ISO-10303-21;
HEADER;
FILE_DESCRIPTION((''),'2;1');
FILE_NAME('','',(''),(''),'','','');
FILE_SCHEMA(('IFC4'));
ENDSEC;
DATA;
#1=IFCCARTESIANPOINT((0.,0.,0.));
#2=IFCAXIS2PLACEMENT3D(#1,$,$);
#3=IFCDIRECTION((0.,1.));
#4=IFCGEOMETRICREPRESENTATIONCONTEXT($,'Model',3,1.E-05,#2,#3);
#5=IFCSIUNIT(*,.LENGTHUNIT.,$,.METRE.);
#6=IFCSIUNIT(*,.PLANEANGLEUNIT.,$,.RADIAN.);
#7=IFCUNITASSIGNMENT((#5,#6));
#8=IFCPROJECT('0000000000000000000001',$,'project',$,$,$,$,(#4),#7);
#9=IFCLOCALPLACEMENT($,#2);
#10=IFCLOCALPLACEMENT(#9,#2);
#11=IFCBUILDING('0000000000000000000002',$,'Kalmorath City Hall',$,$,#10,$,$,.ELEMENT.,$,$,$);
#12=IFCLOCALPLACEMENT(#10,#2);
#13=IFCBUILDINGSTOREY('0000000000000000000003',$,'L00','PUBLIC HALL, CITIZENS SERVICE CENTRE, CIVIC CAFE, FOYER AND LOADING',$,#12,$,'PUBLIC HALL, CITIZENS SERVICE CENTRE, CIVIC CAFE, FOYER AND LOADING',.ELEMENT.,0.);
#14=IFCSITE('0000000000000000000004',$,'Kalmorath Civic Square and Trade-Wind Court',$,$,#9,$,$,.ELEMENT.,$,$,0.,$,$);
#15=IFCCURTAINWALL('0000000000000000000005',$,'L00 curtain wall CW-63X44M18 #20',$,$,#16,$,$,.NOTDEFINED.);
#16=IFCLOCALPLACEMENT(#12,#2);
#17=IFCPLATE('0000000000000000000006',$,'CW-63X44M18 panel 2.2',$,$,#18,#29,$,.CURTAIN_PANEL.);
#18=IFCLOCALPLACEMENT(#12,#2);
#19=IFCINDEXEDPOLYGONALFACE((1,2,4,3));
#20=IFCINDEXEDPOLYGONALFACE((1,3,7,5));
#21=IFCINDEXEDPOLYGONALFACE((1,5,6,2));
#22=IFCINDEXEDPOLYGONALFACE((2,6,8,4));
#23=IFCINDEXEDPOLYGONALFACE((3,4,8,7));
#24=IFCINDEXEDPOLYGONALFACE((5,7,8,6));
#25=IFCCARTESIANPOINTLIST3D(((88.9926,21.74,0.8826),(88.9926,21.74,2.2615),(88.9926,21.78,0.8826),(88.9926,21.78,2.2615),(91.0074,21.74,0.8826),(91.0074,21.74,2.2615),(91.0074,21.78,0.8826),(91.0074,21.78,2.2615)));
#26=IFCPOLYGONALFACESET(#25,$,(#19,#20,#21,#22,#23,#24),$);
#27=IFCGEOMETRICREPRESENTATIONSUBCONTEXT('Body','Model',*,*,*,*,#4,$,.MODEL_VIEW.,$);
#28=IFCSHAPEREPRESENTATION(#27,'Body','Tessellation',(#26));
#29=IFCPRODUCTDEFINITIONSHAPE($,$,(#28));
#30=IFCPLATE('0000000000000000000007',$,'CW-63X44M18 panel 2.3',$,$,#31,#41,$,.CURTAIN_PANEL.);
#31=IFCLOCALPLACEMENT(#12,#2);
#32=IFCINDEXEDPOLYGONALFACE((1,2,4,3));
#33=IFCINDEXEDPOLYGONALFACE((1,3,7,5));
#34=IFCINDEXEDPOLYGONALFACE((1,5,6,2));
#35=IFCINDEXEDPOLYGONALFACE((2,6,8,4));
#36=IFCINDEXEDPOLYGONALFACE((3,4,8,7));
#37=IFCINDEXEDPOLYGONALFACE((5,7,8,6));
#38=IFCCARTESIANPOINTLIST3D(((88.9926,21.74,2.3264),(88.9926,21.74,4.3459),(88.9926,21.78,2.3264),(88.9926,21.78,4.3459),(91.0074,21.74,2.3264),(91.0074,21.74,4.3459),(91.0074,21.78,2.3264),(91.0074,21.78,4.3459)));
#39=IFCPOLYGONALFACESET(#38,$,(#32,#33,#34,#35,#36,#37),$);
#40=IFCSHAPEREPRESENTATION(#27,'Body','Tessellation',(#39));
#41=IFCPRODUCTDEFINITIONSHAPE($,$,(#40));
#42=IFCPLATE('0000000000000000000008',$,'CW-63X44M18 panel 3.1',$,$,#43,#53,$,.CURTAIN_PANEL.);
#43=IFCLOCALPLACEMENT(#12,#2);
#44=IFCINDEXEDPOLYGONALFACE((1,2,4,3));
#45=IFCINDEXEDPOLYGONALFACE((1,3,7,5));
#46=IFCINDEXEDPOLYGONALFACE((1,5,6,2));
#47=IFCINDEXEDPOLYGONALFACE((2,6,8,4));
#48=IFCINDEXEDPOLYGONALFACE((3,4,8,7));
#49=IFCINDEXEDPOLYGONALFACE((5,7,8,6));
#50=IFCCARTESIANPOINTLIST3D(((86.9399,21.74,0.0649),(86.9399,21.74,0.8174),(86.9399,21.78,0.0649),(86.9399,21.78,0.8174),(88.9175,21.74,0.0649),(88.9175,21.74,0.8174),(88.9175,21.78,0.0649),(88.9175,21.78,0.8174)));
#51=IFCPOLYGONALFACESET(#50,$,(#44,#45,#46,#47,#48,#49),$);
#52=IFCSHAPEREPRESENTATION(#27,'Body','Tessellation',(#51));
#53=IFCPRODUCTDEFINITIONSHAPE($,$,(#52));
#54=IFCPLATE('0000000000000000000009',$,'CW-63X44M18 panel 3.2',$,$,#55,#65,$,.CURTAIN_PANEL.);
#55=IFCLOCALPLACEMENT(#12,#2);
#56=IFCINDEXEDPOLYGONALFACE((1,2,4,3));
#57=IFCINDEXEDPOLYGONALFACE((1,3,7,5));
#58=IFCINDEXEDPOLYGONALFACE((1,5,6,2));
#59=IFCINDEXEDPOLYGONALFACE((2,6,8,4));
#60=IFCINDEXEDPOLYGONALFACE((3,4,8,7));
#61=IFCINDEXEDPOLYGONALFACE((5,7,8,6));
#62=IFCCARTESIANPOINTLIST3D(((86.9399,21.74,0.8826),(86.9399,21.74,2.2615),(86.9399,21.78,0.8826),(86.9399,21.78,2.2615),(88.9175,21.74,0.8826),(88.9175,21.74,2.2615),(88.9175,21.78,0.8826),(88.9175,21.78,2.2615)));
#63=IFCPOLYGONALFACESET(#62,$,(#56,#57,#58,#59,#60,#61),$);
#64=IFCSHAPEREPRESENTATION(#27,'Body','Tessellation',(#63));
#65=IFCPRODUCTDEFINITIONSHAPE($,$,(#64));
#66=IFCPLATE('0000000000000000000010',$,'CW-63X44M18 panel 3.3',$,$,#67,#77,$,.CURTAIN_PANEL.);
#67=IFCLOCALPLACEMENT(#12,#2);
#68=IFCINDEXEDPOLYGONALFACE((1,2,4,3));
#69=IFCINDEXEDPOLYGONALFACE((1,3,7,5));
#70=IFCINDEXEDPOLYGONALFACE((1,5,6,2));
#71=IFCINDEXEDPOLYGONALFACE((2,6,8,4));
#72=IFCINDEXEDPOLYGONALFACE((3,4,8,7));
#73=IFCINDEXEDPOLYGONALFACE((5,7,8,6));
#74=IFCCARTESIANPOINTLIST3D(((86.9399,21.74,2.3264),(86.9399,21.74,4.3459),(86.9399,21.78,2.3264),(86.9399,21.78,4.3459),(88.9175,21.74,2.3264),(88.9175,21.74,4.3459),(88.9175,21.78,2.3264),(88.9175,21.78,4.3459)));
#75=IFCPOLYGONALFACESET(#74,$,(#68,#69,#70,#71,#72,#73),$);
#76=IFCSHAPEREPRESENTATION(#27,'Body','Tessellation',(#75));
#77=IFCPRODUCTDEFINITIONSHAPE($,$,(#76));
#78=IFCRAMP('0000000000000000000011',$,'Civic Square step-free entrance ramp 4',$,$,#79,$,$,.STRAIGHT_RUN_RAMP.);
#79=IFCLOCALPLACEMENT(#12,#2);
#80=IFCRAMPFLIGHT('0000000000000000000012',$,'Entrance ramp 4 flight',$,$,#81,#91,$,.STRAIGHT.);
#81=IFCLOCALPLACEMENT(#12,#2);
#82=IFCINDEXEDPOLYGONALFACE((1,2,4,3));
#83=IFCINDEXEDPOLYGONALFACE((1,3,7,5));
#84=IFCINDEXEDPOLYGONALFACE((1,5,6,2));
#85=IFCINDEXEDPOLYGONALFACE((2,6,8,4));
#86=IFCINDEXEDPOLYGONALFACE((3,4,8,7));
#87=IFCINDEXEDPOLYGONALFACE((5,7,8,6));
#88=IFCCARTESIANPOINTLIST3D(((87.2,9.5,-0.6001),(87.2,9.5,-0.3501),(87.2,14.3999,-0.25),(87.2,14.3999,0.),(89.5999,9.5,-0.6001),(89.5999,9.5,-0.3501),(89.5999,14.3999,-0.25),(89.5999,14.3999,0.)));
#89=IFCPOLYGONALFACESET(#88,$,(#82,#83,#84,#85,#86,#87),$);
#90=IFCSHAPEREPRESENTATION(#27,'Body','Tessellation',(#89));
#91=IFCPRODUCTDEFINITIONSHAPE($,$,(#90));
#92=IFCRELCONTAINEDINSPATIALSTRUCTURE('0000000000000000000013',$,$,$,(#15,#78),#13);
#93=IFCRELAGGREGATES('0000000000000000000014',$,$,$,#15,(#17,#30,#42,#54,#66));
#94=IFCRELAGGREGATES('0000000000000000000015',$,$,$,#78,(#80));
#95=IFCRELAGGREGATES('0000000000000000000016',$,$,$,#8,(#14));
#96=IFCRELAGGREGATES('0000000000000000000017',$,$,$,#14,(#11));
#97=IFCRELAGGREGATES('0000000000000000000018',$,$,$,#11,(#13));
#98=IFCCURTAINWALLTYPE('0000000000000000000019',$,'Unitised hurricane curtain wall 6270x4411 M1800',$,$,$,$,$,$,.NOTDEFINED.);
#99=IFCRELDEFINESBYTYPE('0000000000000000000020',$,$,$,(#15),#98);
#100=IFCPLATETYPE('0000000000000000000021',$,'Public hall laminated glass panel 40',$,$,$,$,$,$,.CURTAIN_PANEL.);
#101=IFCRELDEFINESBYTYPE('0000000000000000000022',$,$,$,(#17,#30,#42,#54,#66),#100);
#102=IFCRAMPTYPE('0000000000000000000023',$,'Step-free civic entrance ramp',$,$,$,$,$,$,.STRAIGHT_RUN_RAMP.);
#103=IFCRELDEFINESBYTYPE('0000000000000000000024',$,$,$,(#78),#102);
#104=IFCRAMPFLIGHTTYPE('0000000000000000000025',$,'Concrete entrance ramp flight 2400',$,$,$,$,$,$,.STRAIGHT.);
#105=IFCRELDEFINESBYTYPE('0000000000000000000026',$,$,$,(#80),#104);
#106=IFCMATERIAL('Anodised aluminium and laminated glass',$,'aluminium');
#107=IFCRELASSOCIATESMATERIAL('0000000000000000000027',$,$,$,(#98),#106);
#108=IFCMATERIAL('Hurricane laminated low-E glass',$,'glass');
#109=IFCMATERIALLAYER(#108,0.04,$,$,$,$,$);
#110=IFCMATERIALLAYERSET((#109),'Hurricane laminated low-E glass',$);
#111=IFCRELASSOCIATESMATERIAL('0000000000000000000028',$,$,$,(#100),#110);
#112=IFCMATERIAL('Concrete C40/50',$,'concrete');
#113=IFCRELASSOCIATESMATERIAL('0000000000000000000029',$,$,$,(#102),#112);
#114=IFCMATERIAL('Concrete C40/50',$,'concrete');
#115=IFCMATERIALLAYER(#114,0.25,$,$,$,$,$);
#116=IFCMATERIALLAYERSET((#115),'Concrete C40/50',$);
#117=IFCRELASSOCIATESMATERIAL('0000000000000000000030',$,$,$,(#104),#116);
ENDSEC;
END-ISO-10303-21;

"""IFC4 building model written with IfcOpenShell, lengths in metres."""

from ifc_helpers import new_model, si_unit, direction, frame, origin, origin_2d, place, context, subcontext, project, spatial, polyline, rectangle, outline, extrude, material, layer, layer_set, type_object, element, aggregate, save


model = new_model("IFC4")

# Units and contexts
model_context = context("Model", 3, precision=1e-05, world=origin(), true_north=direction((0.0, 1.0)))
body_context = subcontext(model_context, "Body", "Model", "MODEL_VIEW")
ifc_project = project(units=[si_unit("LENGTHUNIT", "METRE"), si_unit("PLANEANGLEUNIT", "RADIAN")], contexts=[model_context])

# Site, building, storey
site_placement = place(None, origin())
site = spatial("IfcSite", under=ifc_project, at=site_placement, Name="Kalmorath Civic Square and Trade-Wind Court", CompositionType="ELEMENT", RefElevation=0.0)
building_placement = place(site_placement, origin())
building = spatial("IfcBuilding", under=site, at=building_placement, Name="Kalmorath City Hall", CompositionType="ELEMENT")
storey_placement = place(building_placement, origin())
storey = spatial("IfcBuildingStorey", under=building, at=storey_placement, Name="L00", Description="PUBLIC HALL, CITIZENS SERVICE CENTRE, CIVIC CAFE, FOYER AND LOADING", LongName="PUBLIC HALL, CITIZENS SERVICE CENTRE, CIVIC CAFE, FOYER AND LOADING", CompositionType="ELEMENT", Elevation=0.0)

# Curtain wall, plates
ifc_material_1 = material(Name="Anodised aluminium and laminated glass", Category="aluminium")
curtain_wall_type = type_object("IfcCurtainWallType", Name="Unitised hurricane curtain wall 6270x4411 M1800", PredefinedType="NOTDEFINED", material=ifc_material_1)
curtain_wall_placement = place(storey_placement, origin())
curtain_wall = element("IfcCurtainWall", 1, at=curtain_wall_placement, inside=storey, type_object=curtain_wall_type, Name="L00 curtain wall CW-63X44M18 #20", PredefinedType="NOTDEFINED")
ifc_material_2 = material(Name="Hurricane laminated low-E glass", Category="glass")
ifc_layer_1 = layer(ifc_material_2, 0.04)
ifc_layer_set_1 = layer_set([ifc_layer_1], Name="Hurricane laminated low-E glass")
plate_type = type_object("IfcPlateType", Name="Public hall laminated glass panel 40", PredefinedType="CURTAIN_PANEL", material=ifc_layer_set_1)
plate_1_placement = place(storey_placement, frame((90.0, 21.76, 0.8826), z_axis=(0.0, 0.0, 1.0), x_axis=(-1.0, 0.0, 0.0)))
plate_1 = element("IfcPlate", 2, at=plate_1_placement, type_object=plate_type, Name="CW-63X44M18 panel 2.2", PredefinedType="CURTAIN_PANEL", context=body_context, shape_type="SweptSolid", body=[
    extrude(rectangle(XDim=2.0149, YDim=0.04, at=origin_2d()), origin(), (0.0, 0.0, 1.0), 1.3789),
])
plate_2_placement = place(storey_placement, frame((90.0, 21.76, 2.3264), z_axis=(0.0, 0.0, 1.0), x_axis=(-1.0, 0.0, 0.0)))
plate_2 = element("IfcPlate", 3, at=plate_2_placement, type_object=plate_type, Name="CW-63X44M18 panel 2.3", PredefinedType="CURTAIN_PANEL", context=body_context, shape_type="SweptSolid", body=[
    extrude(rectangle(XDim=2.0149, YDim=0.04, at=origin_2d()), origin(), (0.0, 0.0, 1.0), 2.0195),
])
plate_3_placement = place(storey_placement, frame((87.9287, 21.76, 0.0649), z_axis=(0.0, 0.0, 1.0), x_axis=(-1.0, 0.0, 0.0)))
plate_3 = element("IfcPlate", 4, at=plate_3_placement, type_object=plate_type, Name="CW-63X44M18 panel 3.1", PredefinedType="CURTAIN_PANEL", context=body_context, shape_type="SweptSolid", body=[
    extrude(rectangle(XDim=1.9775, YDim=0.04, at=origin_2d()), origin(), (0.0, 0.0, 1.0), 0.7524),
])
plate_4_placement = place(storey_placement, frame((87.9287, 21.76, 0.8826), z_axis=(0.0, 0.0, 1.0), x_axis=(-1.0, 0.0, 0.0)))
plate_4 = element("IfcPlate", 5, at=plate_4_placement, type_object=plate_type, Name="CW-63X44M18 panel 3.2", PredefinedType="CURTAIN_PANEL", context=body_context, shape_type="SweptSolid", body=[
    extrude(rectangle(XDim=1.9775, YDim=0.04, at=origin_2d()), origin(), (0.0, 0.0, 1.0), 1.3789),
])
plate_5_placement = place(storey_placement, frame((87.9287, 21.76, 2.3264), z_axis=(0.0, 0.0, 1.0), x_axis=(-1.0, 0.0, 0.0)))
plate_5 = element("IfcPlate", 6, at=plate_5_placement, type_object=plate_type, Name="CW-63X44M18 panel 3.3", PredefinedType="CURTAIN_PANEL", context=body_context, shape_type="SweptSolid", body=[
    extrude(rectangle(XDim=1.9775, YDim=0.04, at=origin_2d()), origin(), (0.0, 0.0, 1.0), 2.0195),
])
aggregate(curtain_wall, [plate_1, plate_2, plate_3, plate_4, plate_5])

# Ramp, ramp flight
ifc_material_3 = material(Name="Concrete C40/50", Category="concrete")
ramp_type = type_object("IfcRampType", Name="Step-free civic entrance ramp", PredefinedType="STRAIGHT_RUN_RAMP", material=ifc_material_3)
ramp_placement = place(storey_placement, origin())
ramp = element("IfcRamp", 7, at=ramp_placement, inside=storey, type_object=ramp_type, Name="Civic Square step-free entrance ramp 4", PredefinedType="STRAIGHT_RUN_RAMP")
ifc_material_4 = material(Name="Concrete C40/50", Category="concrete")
ifc_layer_2 = layer(ifc_material_4, 0.25)
ifc_layer_set_2 = layer_set([ifc_layer_2], Name="Concrete C40/50")
ramp_flight_type = type_object("IfcRampFlightType", Name="Concrete entrance ramp flight 2400", PredefinedType="STRAIGHT", material=ifc_layer_set_2)
ramp_flight_placement = place(storey_placement, frame((88.3999, 9.5, -0.3501), z_axis=(0.0, 0.0, 1.0), x_axis=(0.0, 1.0, 0.0)))
ramp_flight = element("IfcRampFlight", 8, at=ramp_flight_placement, type_object=ramp_flight_type, Name="Entrance ramp 4 flight", PredefinedType="STRAIGHT", context=body_context, shape_type="SweptSolid", body=[
    extrude(outline(polyline([(0.0, -0.25), (4.8999, 0.1001), (4.8999, 0.3501), (0.0, 0.0), (0.0, -0.25)])), frame((0.0, 1.2, 0.0), z_axis=(0.0, -1.0, 0.0), x_axis=(1.0, 0.0, 0.0)), (0.0, 0.0, 1.0), 2.3999),
])
aggregate(ramp, [ramp_flight])

save(model, "model.ifc")
